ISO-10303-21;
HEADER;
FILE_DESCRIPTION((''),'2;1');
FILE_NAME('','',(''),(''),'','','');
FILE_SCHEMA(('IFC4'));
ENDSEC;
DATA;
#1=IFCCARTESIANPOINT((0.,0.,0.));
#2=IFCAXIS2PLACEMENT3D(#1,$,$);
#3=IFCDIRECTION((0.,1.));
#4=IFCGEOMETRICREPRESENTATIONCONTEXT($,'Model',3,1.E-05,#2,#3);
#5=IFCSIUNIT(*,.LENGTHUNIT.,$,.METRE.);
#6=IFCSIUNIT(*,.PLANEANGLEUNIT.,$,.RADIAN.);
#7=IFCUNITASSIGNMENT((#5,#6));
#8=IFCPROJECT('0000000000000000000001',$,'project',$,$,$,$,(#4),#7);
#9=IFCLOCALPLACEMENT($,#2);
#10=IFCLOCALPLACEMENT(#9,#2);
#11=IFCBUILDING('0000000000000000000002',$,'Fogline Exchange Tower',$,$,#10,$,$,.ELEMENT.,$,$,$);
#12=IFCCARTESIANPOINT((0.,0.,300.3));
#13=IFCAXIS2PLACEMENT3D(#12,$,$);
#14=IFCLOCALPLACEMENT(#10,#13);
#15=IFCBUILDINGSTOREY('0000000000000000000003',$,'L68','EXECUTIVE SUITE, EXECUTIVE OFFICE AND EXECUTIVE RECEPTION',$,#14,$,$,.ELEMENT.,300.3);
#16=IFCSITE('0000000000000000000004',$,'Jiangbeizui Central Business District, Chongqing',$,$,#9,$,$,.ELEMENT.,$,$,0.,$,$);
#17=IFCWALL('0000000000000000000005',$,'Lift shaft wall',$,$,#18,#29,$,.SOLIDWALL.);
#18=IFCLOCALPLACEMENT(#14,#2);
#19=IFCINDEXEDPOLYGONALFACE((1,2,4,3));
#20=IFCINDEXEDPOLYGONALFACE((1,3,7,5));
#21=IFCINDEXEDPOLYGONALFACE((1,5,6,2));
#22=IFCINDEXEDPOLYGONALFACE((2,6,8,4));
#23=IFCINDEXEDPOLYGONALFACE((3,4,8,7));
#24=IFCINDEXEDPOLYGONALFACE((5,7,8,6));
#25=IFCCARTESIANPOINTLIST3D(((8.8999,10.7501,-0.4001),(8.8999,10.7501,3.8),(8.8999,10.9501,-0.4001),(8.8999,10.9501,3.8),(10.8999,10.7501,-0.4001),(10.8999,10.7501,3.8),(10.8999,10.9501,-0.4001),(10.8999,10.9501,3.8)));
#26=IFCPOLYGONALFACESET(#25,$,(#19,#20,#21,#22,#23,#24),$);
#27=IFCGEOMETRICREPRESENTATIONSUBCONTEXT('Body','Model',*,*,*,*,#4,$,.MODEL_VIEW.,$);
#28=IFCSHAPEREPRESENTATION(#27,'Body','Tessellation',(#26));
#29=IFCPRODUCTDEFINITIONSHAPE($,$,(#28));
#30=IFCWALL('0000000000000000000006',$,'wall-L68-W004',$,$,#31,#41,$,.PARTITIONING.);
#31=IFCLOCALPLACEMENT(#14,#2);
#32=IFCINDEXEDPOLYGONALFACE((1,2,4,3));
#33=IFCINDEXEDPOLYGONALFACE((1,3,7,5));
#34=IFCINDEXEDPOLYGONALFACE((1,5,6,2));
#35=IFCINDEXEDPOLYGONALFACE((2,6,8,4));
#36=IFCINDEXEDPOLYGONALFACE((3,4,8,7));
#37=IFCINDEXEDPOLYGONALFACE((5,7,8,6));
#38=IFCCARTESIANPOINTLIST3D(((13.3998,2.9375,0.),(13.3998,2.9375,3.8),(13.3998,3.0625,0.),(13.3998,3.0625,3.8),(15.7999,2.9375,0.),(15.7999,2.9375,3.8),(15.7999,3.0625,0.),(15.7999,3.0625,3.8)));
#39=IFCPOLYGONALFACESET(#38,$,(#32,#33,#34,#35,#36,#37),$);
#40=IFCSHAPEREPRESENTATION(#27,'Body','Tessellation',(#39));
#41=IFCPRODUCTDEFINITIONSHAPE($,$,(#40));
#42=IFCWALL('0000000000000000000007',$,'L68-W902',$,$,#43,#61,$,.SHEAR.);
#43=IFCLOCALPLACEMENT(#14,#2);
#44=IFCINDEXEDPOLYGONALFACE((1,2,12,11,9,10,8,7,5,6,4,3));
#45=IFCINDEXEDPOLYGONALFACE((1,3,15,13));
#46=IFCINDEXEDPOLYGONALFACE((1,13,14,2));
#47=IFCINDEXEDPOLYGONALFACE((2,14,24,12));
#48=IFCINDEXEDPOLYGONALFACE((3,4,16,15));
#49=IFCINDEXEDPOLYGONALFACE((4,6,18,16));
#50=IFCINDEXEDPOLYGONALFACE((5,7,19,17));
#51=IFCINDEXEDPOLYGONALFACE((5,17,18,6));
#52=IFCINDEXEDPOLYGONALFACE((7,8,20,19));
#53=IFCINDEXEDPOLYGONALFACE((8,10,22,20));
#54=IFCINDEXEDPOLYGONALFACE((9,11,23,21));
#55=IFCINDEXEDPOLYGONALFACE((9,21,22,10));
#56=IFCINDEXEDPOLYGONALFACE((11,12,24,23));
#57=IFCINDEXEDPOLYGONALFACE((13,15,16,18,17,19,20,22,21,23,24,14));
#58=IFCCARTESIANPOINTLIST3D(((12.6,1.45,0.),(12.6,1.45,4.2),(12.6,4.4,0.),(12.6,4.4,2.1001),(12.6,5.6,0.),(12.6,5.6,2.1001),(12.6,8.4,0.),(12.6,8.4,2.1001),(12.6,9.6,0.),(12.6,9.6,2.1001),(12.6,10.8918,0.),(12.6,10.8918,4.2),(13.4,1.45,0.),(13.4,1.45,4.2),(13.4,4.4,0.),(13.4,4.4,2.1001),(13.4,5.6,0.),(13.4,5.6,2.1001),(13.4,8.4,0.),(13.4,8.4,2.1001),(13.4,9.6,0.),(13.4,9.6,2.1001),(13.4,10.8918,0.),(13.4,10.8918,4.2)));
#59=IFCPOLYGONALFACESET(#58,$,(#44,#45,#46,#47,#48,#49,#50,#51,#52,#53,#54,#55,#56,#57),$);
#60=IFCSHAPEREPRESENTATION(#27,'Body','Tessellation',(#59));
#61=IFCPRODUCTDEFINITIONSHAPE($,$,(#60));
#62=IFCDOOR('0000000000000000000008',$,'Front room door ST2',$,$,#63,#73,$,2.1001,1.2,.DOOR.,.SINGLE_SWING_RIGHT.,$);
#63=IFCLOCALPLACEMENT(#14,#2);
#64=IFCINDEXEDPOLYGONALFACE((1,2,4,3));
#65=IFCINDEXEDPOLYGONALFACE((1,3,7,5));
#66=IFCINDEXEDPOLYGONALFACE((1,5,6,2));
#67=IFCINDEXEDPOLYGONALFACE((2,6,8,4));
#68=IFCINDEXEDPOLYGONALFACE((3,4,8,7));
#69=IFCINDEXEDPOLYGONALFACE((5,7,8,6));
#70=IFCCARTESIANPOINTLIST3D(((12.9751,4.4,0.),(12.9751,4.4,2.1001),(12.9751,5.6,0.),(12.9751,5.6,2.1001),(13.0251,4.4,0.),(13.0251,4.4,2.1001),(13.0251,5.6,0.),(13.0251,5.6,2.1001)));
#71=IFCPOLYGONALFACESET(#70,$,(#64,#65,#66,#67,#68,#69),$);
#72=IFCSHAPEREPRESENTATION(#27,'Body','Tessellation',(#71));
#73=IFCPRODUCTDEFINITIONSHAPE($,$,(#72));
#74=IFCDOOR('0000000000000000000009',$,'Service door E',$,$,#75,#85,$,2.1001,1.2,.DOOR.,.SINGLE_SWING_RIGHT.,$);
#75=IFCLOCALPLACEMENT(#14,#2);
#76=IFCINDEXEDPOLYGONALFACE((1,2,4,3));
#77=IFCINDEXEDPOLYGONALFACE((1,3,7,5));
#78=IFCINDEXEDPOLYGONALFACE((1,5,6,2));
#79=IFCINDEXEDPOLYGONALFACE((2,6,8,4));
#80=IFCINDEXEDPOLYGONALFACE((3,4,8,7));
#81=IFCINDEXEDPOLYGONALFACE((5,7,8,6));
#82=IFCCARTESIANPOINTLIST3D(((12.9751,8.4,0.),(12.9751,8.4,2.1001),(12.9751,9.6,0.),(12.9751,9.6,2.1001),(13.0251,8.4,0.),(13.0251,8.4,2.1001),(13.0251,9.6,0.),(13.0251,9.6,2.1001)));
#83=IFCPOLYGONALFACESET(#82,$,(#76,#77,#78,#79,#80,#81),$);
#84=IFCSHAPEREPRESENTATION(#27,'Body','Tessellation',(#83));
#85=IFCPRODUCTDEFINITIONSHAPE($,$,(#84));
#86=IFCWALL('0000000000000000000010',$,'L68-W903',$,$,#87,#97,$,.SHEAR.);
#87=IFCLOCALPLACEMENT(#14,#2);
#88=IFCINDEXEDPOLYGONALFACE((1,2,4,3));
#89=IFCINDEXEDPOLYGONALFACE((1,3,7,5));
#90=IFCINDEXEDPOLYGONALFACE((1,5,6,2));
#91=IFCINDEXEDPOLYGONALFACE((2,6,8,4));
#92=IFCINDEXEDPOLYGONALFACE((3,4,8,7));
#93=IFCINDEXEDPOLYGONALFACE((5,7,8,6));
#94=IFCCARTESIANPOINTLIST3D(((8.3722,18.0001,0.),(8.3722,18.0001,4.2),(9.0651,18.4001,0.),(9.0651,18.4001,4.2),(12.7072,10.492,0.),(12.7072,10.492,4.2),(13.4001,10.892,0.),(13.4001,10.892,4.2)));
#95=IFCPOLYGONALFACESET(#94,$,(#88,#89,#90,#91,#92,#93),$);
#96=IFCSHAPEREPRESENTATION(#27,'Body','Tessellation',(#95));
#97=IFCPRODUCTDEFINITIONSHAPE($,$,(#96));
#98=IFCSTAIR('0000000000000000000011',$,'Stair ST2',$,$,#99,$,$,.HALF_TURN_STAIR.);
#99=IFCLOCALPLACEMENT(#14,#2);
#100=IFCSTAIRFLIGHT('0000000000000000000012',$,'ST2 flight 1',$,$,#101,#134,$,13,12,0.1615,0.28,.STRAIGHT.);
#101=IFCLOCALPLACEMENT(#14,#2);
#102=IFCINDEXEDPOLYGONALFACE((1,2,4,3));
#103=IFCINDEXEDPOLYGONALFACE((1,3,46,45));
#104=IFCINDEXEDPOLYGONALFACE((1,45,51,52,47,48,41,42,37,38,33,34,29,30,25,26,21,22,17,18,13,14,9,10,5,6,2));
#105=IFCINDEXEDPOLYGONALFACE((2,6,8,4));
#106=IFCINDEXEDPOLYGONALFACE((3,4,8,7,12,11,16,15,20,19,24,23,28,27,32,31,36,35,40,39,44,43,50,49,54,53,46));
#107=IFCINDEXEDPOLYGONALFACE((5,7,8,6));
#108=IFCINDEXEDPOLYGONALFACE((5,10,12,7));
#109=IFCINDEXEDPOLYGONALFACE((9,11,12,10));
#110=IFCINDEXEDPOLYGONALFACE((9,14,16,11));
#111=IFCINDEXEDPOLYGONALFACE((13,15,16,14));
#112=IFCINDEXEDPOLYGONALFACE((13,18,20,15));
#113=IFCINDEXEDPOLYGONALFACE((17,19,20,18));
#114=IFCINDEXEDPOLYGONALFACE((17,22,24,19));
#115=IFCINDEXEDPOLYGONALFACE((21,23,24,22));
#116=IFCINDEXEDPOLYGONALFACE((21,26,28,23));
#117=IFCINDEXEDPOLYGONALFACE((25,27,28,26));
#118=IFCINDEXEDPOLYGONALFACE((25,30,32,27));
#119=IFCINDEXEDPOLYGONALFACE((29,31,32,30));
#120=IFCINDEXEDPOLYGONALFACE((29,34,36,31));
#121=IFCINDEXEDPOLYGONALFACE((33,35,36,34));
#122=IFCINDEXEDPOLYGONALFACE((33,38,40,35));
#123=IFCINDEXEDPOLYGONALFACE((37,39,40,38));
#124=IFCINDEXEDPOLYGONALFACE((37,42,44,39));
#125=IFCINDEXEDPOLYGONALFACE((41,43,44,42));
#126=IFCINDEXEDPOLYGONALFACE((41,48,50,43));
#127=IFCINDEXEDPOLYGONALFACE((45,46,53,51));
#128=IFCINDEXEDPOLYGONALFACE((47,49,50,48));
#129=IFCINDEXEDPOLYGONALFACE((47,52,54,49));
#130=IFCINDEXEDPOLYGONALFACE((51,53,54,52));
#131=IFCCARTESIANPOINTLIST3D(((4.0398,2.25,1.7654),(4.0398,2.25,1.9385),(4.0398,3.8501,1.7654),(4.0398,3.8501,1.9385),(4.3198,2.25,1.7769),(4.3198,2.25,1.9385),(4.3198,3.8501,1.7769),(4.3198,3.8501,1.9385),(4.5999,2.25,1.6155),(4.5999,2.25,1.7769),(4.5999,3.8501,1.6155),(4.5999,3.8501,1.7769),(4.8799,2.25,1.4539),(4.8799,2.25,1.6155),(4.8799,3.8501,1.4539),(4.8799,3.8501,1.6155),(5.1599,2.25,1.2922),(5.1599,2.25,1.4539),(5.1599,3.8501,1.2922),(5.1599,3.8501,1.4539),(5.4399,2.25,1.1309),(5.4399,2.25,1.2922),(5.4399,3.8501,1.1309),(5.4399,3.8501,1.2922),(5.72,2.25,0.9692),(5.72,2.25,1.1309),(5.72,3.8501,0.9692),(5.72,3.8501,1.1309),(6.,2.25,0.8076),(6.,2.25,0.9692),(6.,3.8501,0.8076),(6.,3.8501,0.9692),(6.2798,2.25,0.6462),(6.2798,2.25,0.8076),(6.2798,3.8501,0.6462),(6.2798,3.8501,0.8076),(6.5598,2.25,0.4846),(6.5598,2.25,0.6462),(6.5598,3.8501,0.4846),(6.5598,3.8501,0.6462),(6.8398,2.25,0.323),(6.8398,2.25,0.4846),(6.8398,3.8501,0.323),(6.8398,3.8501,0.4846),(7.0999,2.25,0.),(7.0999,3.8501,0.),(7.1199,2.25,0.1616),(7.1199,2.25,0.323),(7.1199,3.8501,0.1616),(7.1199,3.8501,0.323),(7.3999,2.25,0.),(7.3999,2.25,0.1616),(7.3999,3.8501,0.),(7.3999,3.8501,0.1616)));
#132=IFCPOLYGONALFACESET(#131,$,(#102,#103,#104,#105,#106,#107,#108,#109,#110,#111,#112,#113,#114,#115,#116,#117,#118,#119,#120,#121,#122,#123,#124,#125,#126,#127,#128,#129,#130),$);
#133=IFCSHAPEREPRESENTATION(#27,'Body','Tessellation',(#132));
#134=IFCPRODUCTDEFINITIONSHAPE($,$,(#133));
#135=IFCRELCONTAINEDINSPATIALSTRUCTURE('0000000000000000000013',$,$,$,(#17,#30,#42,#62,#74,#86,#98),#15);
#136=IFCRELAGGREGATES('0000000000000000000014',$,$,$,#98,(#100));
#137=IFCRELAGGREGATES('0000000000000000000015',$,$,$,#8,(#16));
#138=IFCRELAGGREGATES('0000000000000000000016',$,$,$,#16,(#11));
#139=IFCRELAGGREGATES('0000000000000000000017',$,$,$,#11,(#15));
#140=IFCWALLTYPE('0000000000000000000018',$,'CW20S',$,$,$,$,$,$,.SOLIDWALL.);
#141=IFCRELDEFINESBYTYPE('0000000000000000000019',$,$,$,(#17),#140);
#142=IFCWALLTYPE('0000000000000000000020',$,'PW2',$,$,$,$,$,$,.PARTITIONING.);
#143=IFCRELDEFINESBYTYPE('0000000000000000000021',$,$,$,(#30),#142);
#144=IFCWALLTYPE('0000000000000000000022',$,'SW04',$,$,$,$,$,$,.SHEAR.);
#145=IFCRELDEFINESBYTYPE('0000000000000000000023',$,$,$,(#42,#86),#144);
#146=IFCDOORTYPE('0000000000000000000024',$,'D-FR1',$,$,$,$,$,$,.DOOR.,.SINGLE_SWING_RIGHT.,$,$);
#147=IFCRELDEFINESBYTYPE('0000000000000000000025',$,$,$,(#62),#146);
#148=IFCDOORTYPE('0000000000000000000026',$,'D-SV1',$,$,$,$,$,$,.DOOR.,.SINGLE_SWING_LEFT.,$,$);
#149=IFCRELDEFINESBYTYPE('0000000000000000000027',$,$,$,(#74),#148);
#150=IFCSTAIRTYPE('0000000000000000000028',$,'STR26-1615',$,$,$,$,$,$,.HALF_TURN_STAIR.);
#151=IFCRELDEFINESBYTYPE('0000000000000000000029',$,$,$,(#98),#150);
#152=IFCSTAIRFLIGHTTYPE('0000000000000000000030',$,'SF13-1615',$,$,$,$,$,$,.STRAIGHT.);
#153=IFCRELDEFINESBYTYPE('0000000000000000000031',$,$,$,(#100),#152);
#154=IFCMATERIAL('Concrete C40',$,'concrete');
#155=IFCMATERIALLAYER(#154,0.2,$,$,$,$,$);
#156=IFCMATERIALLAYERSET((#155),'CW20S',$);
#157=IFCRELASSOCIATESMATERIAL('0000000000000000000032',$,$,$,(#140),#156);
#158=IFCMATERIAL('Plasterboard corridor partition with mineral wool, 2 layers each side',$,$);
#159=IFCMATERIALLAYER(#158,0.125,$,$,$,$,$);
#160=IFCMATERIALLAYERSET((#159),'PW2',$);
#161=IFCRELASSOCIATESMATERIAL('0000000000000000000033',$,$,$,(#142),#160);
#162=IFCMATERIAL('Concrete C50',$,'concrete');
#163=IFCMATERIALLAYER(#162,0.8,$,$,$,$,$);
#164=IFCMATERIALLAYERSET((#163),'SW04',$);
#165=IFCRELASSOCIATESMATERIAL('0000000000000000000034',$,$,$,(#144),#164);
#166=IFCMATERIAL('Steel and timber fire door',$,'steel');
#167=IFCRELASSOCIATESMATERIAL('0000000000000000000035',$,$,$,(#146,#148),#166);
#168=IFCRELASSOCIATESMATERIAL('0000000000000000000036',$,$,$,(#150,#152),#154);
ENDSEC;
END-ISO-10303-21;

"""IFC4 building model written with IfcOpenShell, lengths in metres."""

from ifc_helpers import new_model, si_unit, direction, frame, frame_2d, origin, place, context, subcontext, project, spatial, polyline, rectangle, outline, extrude, material, layer, layer_set, type_object, element, fill, aggregate, save


model = new_model("IFC4")

# Units and contexts
model_context = context("Model", 3, precision=1e-05, world=origin(), true_north=direction((0.0, 1.0)))
body_context = subcontext(model_context, "Body", "Model", "MODEL_VIEW")
ifc_project = project(units=[si_unit("LENGTHUNIT", "METRE"), si_unit("PLANEANGLEUNIT", "RADIAN")], contexts=[model_context])

# Site, building, storey
site_placement = place(None, origin())
site = spatial("IfcSite", under=ifc_project, at=site_placement, Name="Jiangbeizui Central Business District, Chongqing", CompositionType="ELEMENT", RefElevation=0.0)
building_placement = place(site_placement, origin())
building = spatial("IfcBuilding", under=site, at=building_placement, Name="Fogline Exchange Tower", CompositionType="ELEMENT")
storey_placement = place(building_placement, frame((0.0, 0.0, 300.3)))
storey = spatial("IfcBuildingStorey", under=building, at=storey_placement, Name="L68", Description="EXECUTIVE SUITE, EXECUTIVE OFFICE AND EXECUTIVE RECEPTION", CompositionType="ELEMENT", Elevation=300.3)

# Shared definitions
ifc_material_1 = material(Name="Concrete C40", Category="concrete")

# Shared definitions
ifc_material_2 = material(Name="Steel and timber fire door", Category="steel")

# Shared definitions
ifc_layer_1 = layer(ifc_material_1, 0.2)
ifc_layer_set_1 = layer_set([ifc_layer_1], Name="CW20S")
wall_type_1 = type_object("IfcWallType", Name="CW20S", PredefinedType="SOLIDWALL", material=ifc_layer_set_1)

# Walls
for number, where, z_axis, x_axis, name in (
    (1, (8.8999, 10.8501, -0.4001), (0.0, 0.0, 1.0), (1.0, 0.0, 0.0), "Lift shaft wall"),
):
    element("IfcWall", number, at=place(storey_placement, frame(where, z_axis=z_axis, x_axis=x_axis)), inside=storey, type_object=wall_type_1, Name=name, PredefinedType="SOLIDWALL", context=body_context, shape_type="SweptSolid", body=[
        extrude(rectangle(XDim=2.0, YDim=0.2, at=frame_2d((1.0, 0.0))), origin(), (0.0, 0.0, 1.0), 4.2002),
    ])
ifc_material_3 = material(Name="Plasterboard corridor partition with mineral wool, 2 layers each side")
ifc_layer_2 = layer(ifc_material_3, 0.125)
ifc_layer_set_2 = layer_set([ifc_layer_2], Name="PW2")
wall_type_2 = type_object("IfcWallType", Name="PW2", PredefinedType="PARTITIONING", material=ifc_layer_set_2)
wall_1_placement = place(storey_placement, frame((15.8, 3.0, 0.0), z_axis=(0.0, 0.0, 1.0), x_axis=(-1.0, 0.0, 0.0)))
element("IfcWall", 2, at=wall_1_placement, inside=storey, type_object=wall_type_2, Name="wall-L68-W004", PredefinedType="PARTITIONING", context=body_context, shape_type="SweptSolid", body=[
    extrude(rectangle(XDim=2.4001, YDim=0.125, at=frame_2d((1.2002, 0.0))), origin(), (0.0, 0.0, 1.0), 3.8),
])

# Wall, openings, doors
ifc_material_4 = material(Name="Concrete C50", Category="concrete")
ifc_layer_3 = layer(ifc_material_4, 0.8)
ifc_layer_set_3 = layer_set([ifc_layer_3], Name="SW04")
wall_type_3 = type_object("IfcWallType", Name="SW04", PredefinedType="SHEAR", material=ifc_layer_set_3)
wall_2_placement = place(storey_placement, frame((13.0, 1.45, 0.0), z_axis=(0.0, 0.0, 1.0), x_axis=(0.0, 1.0, 0.0)))
wall_2 = element("IfcWall", 3, at=wall_2_placement, inside=storey, type_object=wall_type_3, Name="L68-W902", PredefinedType="SHEAR", context=body_context, shape_type="SweptSolid", body=[
    extrude(rectangle(XDim=9.4419, YDim=0.8, at=frame_2d((4.7209, 0.0))), origin(), (0.0, 0.0, 1.0), 4.2),
])
opening_1_placement = place(wall_2_placement, frame((2.95, 0.0, 0.0)))
opening_1 = element("IfcOpeningElement", 4, at=opening_1_placement, cuts=wall_2, PredefinedType="OPENING", context=body_context, shape_type="SweptSolid", body=[
    extrude(rectangle(XDim=1.2, YDim=2.1001, at=frame_2d((0.6001, 1.05))), frame((0.0, 0.4102, 0.0), z_axis=(0.0, -1.0, 0.0), x_axis=(1.0, 0.0, 0.0)), (0.0, 0.0, 1.0), 0.8201),
])
opening_2_placement = place(wall_2_placement, frame((6.95, 0.0, 0.0)))
opening_2 = element("IfcOpeningElement", 5, at=opening_2_placement, cuts=wall_2, PredefinedType="OPENING", context=body_context, shape_type="SweptSolid", body=[
    extrude(rectangle(XDim=1.2, YDim=2.1001, at=frame_2d((0.6001, 1.05))), frame((0.0, 0.4102, 0.0), z_axis=(0.0, -1.0, 0.0), x_axis=(1.0, 0.0, 0.0)), (0.0, 0.0, 1.0), 0.8201),
])
door_type_1 = type_object("IfcDoorType", Name="D-FR1", OperationType="SINGLE_SWING_RIGHT", PredefinedType="DOOR", material=ifc_material_2)
door_1_placement = place(opening_1_placement, origin())
door_1 = element("IfcDoor", 6, at=door_1_placement, inside=storey, type_object=door_type_1, Name="Front room door ST2", OperationType="SINGLE_SWING_RIGHT", OverallHeight=2.1001, OverallWidth=1.2, PredefinedType="DOOR", context=body_context, shape_type="SweptSolid", body=[
    extrude(rectangle(XDim=1.2, YDim=2.1001, at=frame_2d((0.6001, 1.05))), frame((0.0, 0.0249, 0.0), z_axis=(0.0, -1.0, 0.0), x_axis=(1.0, 0.0, 0.0)), (0.0, 0.0, 1.0), 0.05),
])
fill(opening_1, door_1)
door_type_2 = type_object("IfcDoorType", Name="D-SV1", OperationType="SINGLE_SWING_LEFT", PredefinedType="DOOR", material=ifc_material_2)
door_2_placement = place(opening_2_placement, origin())
door_2 = element("IfcDoor", 7, at=door_2_placement, inside=storey, type_object=door_type_2, Name="Service door E", OperationType="SINGLE_SWING_RIGHT", OverallHeight=2.1001, OverallWidth=1.2, PredefinedType="DOOR", context=body_context, shape_type="SweptSolid", body=[
    extrude(rectangle(XDim=1.2, YDim=2.1001, at=frame_2d((0.6001, 1.05))), frame((0.0, 0.0249, 0.0), z_axis=(0.0, -1.0, 0.0), x_axis=(1.0, 0.0, 0.0)), (0.0, 0.0, 1.0), 0.05),
])
fill(opening_2, door_2)

# Wall
wall_3_placement = place(storey_placement, frame((13.0537, 10.6919, 0.0), z_axis=(0.0, 0.0, 1.0), x_axis=(-0.500016, 0.866016, 0.0)))
element("IfcWall", 8, at=wall_3_placement, inside=storey, type_object=wall_type_3, Name="L68-W903", PredefinedType="SHEAR", context=body_context, shape_type="SweptSolid", body=[
    extrude(rectangle(XDim=8.6697, YDim=0.8, at=frame_2d((4.335, 0.0))), origin(), (0.0, 0.0, 1.0), 4.2),
])

# Stair, stair flight
stair_type = type_object("IfcStairType", Name="STR26-1615", PredefinedType="HALF_TURN_STAIR", material=ifc_material_1)
stair_placement = place(storey_placement, origin())
stair = element("IfcStair", 9, at=stair_placement, inside=storey, type_object=stair_type, Name="Stair ST2", PredefinedType="HALF_TURN_STAIR")
stair_flight_type = type_object("IfcStairFlightType", Name="SF13-1615", PredefinedType="STRAIGHT", material=ifc_material_1)
stair_flight_placement = place(storey_placement, frame((7.3999, 3.05, 0.0), z_axis=(0.0, 0.0, 1.0), x_axis=(-1.0, 0.0, 0.0)))
stair_flight = element("IfcStairFlight", 10, at=stair_flight_placement, type_object=stair_flight_type, Name="ST2 flight 1", NumberOfRisers=13, NumberOfTreads=12, PredefinedType="STRAIGHT", RiserHeight=0.1615, TreadLength=0.28, context=body_context, shape_type="SweptSolid", body=[
    extrude(outline(polyline([(0.0, 0.0), (0.0, 0.1616), (0.28, 0.1616), (0.28, 0.323), (0.5601, 0.323), (0.5601, 0.4846), (0.8401, 0.4846), (0.8401, 0.6462), (1.1201, 0.6462), (1.1201, 0.8076), (1.3999, 0.8076), (1.3999, 0.9692), (1.6799, 0.9692), (1.6799, 1.1309), (1.96, 1.1309), (1.96, 1.2922), (2.24, 1.2922), (2.24, 1.4539), (2.52, 1.4539), (2.52, 1.6155), (2.8, 1.6155), (2.8, 1.7769), (3.0801, 1.7769), (3.0801, 1.9385), (3.3601, 1.9385), (3.3601, 2.1001), (3.3601, 1.7654), (0.3, 0.0), (0.0, 0.0)])), frame((0.0, 0.8, 0.0), z_axis=(0.0, -1.0, 0.0), x_axis=(1.0, 0.0, 0.0)), (0.0, 0.0, 1.0), 1.6001),
])
aggregate(stair, [stair_flight])

save(model, "model.ifc")
